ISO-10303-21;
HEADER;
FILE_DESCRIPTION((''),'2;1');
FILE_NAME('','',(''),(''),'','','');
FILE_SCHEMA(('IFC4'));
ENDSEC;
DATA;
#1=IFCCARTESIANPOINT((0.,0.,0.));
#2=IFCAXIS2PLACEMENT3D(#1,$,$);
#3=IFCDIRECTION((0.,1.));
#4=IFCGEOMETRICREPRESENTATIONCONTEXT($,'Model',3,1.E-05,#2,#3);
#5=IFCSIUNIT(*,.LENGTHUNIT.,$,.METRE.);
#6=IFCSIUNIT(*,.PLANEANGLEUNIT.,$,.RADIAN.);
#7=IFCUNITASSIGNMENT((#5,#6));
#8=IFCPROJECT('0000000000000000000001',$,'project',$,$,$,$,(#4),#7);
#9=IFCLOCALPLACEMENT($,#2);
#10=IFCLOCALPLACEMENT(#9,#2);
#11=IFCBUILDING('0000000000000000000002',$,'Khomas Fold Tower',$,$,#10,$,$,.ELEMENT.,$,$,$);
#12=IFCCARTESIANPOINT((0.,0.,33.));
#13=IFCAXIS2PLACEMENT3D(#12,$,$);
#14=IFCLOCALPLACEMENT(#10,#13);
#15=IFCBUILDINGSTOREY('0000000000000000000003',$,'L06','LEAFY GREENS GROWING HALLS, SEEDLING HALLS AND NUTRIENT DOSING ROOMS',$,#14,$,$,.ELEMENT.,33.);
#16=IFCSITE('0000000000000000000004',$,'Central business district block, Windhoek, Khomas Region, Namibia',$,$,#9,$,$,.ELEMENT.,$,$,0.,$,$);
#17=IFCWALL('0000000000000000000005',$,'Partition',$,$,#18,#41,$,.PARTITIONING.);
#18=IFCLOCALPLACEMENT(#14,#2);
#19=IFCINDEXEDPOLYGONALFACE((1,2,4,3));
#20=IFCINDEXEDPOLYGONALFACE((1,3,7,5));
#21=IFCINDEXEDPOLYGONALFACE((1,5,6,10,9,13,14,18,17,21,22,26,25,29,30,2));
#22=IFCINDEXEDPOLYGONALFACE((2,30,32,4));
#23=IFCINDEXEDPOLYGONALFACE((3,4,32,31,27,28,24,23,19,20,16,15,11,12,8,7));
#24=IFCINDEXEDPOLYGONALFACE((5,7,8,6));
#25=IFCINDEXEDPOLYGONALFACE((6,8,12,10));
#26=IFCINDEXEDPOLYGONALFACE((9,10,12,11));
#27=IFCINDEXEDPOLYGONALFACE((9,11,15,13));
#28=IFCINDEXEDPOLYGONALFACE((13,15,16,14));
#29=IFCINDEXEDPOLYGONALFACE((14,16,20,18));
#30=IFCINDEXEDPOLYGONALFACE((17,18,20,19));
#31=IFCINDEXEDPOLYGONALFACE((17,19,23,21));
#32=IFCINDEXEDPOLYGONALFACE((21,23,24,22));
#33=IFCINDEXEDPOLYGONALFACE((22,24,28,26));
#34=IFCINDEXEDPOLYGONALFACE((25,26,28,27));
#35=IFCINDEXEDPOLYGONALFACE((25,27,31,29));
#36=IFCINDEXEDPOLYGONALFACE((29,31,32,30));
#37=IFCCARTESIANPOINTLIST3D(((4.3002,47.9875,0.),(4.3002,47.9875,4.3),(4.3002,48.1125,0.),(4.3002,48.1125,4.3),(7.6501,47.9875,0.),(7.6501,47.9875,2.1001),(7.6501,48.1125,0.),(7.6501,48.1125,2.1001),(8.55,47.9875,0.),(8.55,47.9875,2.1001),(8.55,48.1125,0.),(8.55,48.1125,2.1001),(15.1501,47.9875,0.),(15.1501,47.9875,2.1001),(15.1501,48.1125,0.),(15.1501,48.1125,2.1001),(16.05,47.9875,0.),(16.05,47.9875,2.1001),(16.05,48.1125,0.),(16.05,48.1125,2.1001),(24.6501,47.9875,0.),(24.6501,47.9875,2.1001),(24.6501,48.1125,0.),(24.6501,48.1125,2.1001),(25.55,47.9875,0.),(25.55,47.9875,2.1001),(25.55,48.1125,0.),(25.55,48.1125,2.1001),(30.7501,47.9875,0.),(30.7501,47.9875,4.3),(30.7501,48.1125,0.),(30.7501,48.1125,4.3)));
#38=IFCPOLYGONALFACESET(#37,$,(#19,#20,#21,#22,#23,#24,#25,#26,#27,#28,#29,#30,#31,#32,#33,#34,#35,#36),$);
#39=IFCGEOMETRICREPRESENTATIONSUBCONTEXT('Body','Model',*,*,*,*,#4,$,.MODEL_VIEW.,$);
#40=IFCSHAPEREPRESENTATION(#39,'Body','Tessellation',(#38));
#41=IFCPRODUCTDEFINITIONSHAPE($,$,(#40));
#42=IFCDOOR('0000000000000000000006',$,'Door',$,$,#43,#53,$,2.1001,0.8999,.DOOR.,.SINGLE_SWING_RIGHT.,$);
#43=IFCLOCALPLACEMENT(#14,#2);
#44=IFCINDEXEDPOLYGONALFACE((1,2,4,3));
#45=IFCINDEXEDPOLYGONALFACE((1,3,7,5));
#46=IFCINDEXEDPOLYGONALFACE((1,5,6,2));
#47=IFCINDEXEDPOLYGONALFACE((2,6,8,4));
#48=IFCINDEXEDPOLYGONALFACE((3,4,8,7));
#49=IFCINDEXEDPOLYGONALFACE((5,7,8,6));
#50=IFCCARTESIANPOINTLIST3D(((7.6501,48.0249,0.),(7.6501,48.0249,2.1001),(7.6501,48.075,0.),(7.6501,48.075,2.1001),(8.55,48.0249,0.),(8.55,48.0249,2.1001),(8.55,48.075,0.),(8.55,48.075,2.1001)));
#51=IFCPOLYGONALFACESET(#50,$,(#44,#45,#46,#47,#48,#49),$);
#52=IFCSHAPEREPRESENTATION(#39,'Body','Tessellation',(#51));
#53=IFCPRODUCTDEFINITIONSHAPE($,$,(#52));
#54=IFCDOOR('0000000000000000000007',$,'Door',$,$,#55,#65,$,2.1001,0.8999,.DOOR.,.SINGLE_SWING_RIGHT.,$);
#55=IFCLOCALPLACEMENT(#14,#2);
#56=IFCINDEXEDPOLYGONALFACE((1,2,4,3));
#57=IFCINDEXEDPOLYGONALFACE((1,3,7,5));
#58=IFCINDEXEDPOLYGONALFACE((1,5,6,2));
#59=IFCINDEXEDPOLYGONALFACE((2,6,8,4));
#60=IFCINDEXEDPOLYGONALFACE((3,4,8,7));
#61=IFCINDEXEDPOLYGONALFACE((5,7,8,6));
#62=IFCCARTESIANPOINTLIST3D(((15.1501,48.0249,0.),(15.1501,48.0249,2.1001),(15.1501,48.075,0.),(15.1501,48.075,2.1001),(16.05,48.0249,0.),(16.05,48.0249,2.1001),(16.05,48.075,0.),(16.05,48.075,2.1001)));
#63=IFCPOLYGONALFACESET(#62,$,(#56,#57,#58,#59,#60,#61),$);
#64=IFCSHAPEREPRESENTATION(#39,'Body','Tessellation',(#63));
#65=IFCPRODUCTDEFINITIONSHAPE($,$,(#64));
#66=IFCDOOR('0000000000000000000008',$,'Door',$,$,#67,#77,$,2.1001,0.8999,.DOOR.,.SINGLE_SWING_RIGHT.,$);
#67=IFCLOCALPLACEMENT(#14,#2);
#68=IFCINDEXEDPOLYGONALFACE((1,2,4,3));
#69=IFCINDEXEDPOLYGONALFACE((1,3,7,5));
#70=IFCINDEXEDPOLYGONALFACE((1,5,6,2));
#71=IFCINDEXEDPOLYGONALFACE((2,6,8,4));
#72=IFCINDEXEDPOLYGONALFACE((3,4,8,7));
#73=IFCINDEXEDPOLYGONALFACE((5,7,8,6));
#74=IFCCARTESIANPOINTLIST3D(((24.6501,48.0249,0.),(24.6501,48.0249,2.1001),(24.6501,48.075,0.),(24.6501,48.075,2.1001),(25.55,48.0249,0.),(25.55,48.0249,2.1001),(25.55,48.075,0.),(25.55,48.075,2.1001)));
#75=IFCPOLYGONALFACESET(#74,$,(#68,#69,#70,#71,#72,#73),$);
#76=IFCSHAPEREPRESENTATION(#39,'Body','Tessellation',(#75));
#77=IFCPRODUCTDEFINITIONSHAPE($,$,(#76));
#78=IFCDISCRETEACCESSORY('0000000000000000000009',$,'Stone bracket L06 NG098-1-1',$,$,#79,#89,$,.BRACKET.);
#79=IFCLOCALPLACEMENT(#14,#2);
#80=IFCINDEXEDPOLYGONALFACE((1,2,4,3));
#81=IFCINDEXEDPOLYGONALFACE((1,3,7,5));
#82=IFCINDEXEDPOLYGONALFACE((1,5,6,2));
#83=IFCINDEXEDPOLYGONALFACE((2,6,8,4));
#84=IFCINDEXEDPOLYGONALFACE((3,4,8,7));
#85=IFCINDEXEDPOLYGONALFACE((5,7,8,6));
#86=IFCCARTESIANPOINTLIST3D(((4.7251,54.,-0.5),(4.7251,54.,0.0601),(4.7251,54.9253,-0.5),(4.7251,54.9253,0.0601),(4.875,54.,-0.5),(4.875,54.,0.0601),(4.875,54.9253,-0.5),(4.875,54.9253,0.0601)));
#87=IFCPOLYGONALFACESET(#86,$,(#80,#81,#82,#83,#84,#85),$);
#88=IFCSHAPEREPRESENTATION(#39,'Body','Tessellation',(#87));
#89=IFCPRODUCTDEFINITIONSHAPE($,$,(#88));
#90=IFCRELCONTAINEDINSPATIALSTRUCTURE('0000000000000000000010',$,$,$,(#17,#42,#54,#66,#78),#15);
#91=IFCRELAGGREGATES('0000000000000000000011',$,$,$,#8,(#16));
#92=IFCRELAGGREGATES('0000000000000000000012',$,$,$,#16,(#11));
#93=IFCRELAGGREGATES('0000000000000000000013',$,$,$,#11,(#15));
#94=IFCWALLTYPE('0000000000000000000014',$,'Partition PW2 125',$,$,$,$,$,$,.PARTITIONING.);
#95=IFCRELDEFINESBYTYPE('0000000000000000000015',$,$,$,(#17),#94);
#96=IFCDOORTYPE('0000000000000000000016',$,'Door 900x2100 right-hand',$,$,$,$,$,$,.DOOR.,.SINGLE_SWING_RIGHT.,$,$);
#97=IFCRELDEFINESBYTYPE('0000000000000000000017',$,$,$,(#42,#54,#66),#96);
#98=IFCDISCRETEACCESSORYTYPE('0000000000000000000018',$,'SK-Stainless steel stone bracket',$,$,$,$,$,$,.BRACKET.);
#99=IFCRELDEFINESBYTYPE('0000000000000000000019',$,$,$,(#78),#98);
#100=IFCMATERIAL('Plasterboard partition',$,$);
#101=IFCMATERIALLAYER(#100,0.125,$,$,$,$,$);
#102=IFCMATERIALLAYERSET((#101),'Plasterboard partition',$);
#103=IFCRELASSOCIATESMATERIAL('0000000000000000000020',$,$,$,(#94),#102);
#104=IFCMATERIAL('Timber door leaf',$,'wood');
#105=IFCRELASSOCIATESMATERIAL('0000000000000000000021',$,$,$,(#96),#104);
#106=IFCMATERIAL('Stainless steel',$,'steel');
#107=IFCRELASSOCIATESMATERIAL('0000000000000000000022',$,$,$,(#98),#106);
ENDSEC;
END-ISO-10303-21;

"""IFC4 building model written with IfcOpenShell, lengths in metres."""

from ifc_helpers import new_model, si_unit, direction, frame, frame_2d, origin, origin_2d, place, context, subcontext, project, spatial, rectangle, extrude, source, transform, mapped, material, layer, layer_set, type_object, element, fill, save


model = new_model("IFC4")

# Units and contexts
model_context = context("Model", 3, precision=1e-05, world=origin(), true_north=direction((0.0, 1.0)))
body_context = subcontext(model_context, "Body", "Model", "MODEL_VIEW")
ifc_project = project(units=[si_unit("LENGTHUNIT", "METRE"), si_unit("PLANEANGLEUNIT", "RADIAN")], contexts=[model_context])

# Site, building, storey
site_placement = place(None, origin())
site = spatial("IfcSite", under=ifc_project, at=site_placement, Name="Central business district block, Windhoek, Khomas Region, Namibia", CompositionType="ELEMENT", RefElevation=0.0)
building_placement = place(site_placement, origin())
building = spatial("IfcBuilding", under=site, at=building_placement, Name="Khomas Fold Tower", CompositionType="ELEMENT")
storey_placement = place(building_placement, frame((0.0, 0.0, 33.0)))
storey = spatial("IfcBuildingStorey", under=building, at=storey_placement, Name="L06", Description="LEAFY GREENS GROWING HALLS, SEEDLING HALLS AND NUTRIENT DOSING ROOMS", CompositionType="ELEMENT", Elevation=33.0)

# Wall, openings, doors
ifc_material_1 = material(Name="Plasterboard partition")
ifc_layer_1 = layer(ifc_material_1, 0.125)
ifc_layer_set_1 = layer_set([ifc_layer_1], Name="Plasterboard partition")
wall_type = type_object("IfcWallType", Name="Partition PW2 125", PredefinedType="PARTITIONING", material=ifc_layer_set_1)
shared_shape_1 = source(origin(), body_context, "Body", "SweptSolid", [
    extrude(rectangle(XDim=26.45, YDim=0.125, at=frame_2d((13.2251, 0.0))), origin(), (0.0, 0.0, 1.0), 4.3),
])
wall_placement = place(storey_placement, frame((4.3, 48.05, 0.0), z_axis=(0.0, 0.0, 1.0), x_axis=(1.0, 0.0, 0.0)))
wall = element("IfcWall", 1, at=wall_placement, inside=storey, type_object=wall_type, Name="Partition", PredefinedType="PARTITIONING", context=body_context, shape_type="MappedRepresentation", body=[
    mapped(shared_shape_1, transform((0.0, 0.0, 0.0))),
])
shared_shape_2 = source(origin(), body_context, "Body", "SweptSolid", [
    extrude(rectangle(XDim=0.8999, YDim=2.1001, at=frame_2d((0.45, 1.05))), frame((0.0, 0.0725, 0.0), z_axis=(0.0, -1.0, 0.0), x_axis=(1.0, 0.0, 0.0)), (0.0, 0.0, 1.0), 0.145),
])
opening_1_placement = place(wall_placement, frame((3.3501, 0.0, 0.0)))
opening_1 = element("IfcOpeningElement", 2, at=opening_1_placement, cuts=wall, PredefinedType="OPENING", context=body_context, shape_type="MappedRepresentation", body=[
    mapped(shared_shape_2, transform((0.0, 0.0, 0.0))),
])
opening_2_placement = place(wall_placement, frame((10.8501, 0.0, 0.0)))
opening_2 = element("IfcOpeningElement", 3, at=opening_2_placement, cuts=wall, PredefinedType="OPENING", context=body_context, shape_type="MappedRepresentation", body=[
    mapped(shared_shape_2, transform((0.0, 0.0, 0.0))),
])
opening_3_placement = place(wall_placement, frame((20.3501, 0.0, 0.0)))
opening_3 = element("IfcOpeningElement", 4, at=opening_3_placement, cuts=wall, PredefinedType="OPENING", context=body_context, shape_type="MappedRepresentation", body=[
    mapped(shared_shape_2, transform((0.0, 0.0, 0.0))),
])
ifc_material_2 = material(Name="Timber door leaf", Category="wood")
door_type = type_object("IfcDoorType", Name="Door 900x2100 right-hand", OperationType="SINGLE_SWING_RIGHT", PredefinedType="DOOR", material=ifc_material_2)
shared_shape_3 = source(origin(), body_context, "Body", "SweptSolid", [
    extrude(rectangle(XDim=0.8999, YDim=2.1001, at=frame_2d((0.45, 1.05))), frame((0.0, 0.0249, 0.0), z_axis=(0.0, -1.0, 0.0), x_axis=(1.0, 0.0, 0.0)), (0.0, 0.0, 1.0), 0.05),
])
door_1_placement = place(opening_1_placement, origin())
door_1 = element("IfcDoor", 5, at=door_1_placement, inside=storey, type_object=door_type, Name="Door", OperationType="SINGLE_SWING_RIGHT", OverallHeight=2.1001, OverallWidth=0.8999, PredefinedType="DOOR", context=body_context, shape_type="MappedRepresentation", body=[
    mapped(shared_shape_3, transform((0.0, 0.0, 0.0))),
])
fill(opening_1, door_1)
door_2_placement = place(opening_2_placement, origin())
door_2 = element("IfcDoor", 6, at=door_2_placement, inside=storey, type_object=door_type, Name="Door", OperationType="SINGLE_SWING_RIGHT", OverallHeight=2.1001, OverallWidth=0.8999, PredefinedType="DOOR", context=body_context, shape_type="MappedRepresentation", body=[
    mapped(shared_shape_3, transform((0.0, 0.0, 0.0))),
])
fill(opening_2, door_2)
door_3_placement = place(opening_3_placement, origin())
door_3 = element("IfcDoor", 7, at=door_3_placement, inside=storey, type_object=door_type, Name="Door", OperationType="SINGLE_SWING_RIGHT", OverallHeight=2.1001, OverallWidth=0.8999, PredefinedType="DOOR", context=body_context, shape_type="MappedRepresentation", body=[
    mapped(shared_shape_3, transform((0.0, 0.0, 0.0))),
])
fill(opening_3, door_3)

# Discrete accessory
ifc_material_3 = material(Name="Stainless steel", Category="steel")
discrete_accessory_type = type_object("IfcDiscreteAccessoryType", Name="SK-Stainless steel stone bracket", PredefinedType="BRACKET", material=ifc_material_3)
shared_shape_4 = source(origin(), body_context, "Body", "SweptSolid", [
    extrude(rectangle(XDim=0.9253, YDim=0.1499, at=origin_2d()), origin(), (0.0, 0.0, 1.0), 0.5601),
])
discrete_accessory_placement = place(storey_placement, frame((4.8, 54.4626, -0.5), z_axis=(0.0, 0.0, 1.0), x_axis=(0.0, 1.0, 0.0)))
element("IfcDiscreteAccessory", 8, at=discrete_accessory_placement, inside=storey, type_object=discrete_accessory_type, Name="Stone bracket L06 NG098-1-1", PredefinedType="BRACKET", context=body_context, shape_type="MappedRepresentation", body=[
    mapped(shared_shape_4, transform((0.0, 0.0, 0.0))),
])

save(model, "model.ifc")
